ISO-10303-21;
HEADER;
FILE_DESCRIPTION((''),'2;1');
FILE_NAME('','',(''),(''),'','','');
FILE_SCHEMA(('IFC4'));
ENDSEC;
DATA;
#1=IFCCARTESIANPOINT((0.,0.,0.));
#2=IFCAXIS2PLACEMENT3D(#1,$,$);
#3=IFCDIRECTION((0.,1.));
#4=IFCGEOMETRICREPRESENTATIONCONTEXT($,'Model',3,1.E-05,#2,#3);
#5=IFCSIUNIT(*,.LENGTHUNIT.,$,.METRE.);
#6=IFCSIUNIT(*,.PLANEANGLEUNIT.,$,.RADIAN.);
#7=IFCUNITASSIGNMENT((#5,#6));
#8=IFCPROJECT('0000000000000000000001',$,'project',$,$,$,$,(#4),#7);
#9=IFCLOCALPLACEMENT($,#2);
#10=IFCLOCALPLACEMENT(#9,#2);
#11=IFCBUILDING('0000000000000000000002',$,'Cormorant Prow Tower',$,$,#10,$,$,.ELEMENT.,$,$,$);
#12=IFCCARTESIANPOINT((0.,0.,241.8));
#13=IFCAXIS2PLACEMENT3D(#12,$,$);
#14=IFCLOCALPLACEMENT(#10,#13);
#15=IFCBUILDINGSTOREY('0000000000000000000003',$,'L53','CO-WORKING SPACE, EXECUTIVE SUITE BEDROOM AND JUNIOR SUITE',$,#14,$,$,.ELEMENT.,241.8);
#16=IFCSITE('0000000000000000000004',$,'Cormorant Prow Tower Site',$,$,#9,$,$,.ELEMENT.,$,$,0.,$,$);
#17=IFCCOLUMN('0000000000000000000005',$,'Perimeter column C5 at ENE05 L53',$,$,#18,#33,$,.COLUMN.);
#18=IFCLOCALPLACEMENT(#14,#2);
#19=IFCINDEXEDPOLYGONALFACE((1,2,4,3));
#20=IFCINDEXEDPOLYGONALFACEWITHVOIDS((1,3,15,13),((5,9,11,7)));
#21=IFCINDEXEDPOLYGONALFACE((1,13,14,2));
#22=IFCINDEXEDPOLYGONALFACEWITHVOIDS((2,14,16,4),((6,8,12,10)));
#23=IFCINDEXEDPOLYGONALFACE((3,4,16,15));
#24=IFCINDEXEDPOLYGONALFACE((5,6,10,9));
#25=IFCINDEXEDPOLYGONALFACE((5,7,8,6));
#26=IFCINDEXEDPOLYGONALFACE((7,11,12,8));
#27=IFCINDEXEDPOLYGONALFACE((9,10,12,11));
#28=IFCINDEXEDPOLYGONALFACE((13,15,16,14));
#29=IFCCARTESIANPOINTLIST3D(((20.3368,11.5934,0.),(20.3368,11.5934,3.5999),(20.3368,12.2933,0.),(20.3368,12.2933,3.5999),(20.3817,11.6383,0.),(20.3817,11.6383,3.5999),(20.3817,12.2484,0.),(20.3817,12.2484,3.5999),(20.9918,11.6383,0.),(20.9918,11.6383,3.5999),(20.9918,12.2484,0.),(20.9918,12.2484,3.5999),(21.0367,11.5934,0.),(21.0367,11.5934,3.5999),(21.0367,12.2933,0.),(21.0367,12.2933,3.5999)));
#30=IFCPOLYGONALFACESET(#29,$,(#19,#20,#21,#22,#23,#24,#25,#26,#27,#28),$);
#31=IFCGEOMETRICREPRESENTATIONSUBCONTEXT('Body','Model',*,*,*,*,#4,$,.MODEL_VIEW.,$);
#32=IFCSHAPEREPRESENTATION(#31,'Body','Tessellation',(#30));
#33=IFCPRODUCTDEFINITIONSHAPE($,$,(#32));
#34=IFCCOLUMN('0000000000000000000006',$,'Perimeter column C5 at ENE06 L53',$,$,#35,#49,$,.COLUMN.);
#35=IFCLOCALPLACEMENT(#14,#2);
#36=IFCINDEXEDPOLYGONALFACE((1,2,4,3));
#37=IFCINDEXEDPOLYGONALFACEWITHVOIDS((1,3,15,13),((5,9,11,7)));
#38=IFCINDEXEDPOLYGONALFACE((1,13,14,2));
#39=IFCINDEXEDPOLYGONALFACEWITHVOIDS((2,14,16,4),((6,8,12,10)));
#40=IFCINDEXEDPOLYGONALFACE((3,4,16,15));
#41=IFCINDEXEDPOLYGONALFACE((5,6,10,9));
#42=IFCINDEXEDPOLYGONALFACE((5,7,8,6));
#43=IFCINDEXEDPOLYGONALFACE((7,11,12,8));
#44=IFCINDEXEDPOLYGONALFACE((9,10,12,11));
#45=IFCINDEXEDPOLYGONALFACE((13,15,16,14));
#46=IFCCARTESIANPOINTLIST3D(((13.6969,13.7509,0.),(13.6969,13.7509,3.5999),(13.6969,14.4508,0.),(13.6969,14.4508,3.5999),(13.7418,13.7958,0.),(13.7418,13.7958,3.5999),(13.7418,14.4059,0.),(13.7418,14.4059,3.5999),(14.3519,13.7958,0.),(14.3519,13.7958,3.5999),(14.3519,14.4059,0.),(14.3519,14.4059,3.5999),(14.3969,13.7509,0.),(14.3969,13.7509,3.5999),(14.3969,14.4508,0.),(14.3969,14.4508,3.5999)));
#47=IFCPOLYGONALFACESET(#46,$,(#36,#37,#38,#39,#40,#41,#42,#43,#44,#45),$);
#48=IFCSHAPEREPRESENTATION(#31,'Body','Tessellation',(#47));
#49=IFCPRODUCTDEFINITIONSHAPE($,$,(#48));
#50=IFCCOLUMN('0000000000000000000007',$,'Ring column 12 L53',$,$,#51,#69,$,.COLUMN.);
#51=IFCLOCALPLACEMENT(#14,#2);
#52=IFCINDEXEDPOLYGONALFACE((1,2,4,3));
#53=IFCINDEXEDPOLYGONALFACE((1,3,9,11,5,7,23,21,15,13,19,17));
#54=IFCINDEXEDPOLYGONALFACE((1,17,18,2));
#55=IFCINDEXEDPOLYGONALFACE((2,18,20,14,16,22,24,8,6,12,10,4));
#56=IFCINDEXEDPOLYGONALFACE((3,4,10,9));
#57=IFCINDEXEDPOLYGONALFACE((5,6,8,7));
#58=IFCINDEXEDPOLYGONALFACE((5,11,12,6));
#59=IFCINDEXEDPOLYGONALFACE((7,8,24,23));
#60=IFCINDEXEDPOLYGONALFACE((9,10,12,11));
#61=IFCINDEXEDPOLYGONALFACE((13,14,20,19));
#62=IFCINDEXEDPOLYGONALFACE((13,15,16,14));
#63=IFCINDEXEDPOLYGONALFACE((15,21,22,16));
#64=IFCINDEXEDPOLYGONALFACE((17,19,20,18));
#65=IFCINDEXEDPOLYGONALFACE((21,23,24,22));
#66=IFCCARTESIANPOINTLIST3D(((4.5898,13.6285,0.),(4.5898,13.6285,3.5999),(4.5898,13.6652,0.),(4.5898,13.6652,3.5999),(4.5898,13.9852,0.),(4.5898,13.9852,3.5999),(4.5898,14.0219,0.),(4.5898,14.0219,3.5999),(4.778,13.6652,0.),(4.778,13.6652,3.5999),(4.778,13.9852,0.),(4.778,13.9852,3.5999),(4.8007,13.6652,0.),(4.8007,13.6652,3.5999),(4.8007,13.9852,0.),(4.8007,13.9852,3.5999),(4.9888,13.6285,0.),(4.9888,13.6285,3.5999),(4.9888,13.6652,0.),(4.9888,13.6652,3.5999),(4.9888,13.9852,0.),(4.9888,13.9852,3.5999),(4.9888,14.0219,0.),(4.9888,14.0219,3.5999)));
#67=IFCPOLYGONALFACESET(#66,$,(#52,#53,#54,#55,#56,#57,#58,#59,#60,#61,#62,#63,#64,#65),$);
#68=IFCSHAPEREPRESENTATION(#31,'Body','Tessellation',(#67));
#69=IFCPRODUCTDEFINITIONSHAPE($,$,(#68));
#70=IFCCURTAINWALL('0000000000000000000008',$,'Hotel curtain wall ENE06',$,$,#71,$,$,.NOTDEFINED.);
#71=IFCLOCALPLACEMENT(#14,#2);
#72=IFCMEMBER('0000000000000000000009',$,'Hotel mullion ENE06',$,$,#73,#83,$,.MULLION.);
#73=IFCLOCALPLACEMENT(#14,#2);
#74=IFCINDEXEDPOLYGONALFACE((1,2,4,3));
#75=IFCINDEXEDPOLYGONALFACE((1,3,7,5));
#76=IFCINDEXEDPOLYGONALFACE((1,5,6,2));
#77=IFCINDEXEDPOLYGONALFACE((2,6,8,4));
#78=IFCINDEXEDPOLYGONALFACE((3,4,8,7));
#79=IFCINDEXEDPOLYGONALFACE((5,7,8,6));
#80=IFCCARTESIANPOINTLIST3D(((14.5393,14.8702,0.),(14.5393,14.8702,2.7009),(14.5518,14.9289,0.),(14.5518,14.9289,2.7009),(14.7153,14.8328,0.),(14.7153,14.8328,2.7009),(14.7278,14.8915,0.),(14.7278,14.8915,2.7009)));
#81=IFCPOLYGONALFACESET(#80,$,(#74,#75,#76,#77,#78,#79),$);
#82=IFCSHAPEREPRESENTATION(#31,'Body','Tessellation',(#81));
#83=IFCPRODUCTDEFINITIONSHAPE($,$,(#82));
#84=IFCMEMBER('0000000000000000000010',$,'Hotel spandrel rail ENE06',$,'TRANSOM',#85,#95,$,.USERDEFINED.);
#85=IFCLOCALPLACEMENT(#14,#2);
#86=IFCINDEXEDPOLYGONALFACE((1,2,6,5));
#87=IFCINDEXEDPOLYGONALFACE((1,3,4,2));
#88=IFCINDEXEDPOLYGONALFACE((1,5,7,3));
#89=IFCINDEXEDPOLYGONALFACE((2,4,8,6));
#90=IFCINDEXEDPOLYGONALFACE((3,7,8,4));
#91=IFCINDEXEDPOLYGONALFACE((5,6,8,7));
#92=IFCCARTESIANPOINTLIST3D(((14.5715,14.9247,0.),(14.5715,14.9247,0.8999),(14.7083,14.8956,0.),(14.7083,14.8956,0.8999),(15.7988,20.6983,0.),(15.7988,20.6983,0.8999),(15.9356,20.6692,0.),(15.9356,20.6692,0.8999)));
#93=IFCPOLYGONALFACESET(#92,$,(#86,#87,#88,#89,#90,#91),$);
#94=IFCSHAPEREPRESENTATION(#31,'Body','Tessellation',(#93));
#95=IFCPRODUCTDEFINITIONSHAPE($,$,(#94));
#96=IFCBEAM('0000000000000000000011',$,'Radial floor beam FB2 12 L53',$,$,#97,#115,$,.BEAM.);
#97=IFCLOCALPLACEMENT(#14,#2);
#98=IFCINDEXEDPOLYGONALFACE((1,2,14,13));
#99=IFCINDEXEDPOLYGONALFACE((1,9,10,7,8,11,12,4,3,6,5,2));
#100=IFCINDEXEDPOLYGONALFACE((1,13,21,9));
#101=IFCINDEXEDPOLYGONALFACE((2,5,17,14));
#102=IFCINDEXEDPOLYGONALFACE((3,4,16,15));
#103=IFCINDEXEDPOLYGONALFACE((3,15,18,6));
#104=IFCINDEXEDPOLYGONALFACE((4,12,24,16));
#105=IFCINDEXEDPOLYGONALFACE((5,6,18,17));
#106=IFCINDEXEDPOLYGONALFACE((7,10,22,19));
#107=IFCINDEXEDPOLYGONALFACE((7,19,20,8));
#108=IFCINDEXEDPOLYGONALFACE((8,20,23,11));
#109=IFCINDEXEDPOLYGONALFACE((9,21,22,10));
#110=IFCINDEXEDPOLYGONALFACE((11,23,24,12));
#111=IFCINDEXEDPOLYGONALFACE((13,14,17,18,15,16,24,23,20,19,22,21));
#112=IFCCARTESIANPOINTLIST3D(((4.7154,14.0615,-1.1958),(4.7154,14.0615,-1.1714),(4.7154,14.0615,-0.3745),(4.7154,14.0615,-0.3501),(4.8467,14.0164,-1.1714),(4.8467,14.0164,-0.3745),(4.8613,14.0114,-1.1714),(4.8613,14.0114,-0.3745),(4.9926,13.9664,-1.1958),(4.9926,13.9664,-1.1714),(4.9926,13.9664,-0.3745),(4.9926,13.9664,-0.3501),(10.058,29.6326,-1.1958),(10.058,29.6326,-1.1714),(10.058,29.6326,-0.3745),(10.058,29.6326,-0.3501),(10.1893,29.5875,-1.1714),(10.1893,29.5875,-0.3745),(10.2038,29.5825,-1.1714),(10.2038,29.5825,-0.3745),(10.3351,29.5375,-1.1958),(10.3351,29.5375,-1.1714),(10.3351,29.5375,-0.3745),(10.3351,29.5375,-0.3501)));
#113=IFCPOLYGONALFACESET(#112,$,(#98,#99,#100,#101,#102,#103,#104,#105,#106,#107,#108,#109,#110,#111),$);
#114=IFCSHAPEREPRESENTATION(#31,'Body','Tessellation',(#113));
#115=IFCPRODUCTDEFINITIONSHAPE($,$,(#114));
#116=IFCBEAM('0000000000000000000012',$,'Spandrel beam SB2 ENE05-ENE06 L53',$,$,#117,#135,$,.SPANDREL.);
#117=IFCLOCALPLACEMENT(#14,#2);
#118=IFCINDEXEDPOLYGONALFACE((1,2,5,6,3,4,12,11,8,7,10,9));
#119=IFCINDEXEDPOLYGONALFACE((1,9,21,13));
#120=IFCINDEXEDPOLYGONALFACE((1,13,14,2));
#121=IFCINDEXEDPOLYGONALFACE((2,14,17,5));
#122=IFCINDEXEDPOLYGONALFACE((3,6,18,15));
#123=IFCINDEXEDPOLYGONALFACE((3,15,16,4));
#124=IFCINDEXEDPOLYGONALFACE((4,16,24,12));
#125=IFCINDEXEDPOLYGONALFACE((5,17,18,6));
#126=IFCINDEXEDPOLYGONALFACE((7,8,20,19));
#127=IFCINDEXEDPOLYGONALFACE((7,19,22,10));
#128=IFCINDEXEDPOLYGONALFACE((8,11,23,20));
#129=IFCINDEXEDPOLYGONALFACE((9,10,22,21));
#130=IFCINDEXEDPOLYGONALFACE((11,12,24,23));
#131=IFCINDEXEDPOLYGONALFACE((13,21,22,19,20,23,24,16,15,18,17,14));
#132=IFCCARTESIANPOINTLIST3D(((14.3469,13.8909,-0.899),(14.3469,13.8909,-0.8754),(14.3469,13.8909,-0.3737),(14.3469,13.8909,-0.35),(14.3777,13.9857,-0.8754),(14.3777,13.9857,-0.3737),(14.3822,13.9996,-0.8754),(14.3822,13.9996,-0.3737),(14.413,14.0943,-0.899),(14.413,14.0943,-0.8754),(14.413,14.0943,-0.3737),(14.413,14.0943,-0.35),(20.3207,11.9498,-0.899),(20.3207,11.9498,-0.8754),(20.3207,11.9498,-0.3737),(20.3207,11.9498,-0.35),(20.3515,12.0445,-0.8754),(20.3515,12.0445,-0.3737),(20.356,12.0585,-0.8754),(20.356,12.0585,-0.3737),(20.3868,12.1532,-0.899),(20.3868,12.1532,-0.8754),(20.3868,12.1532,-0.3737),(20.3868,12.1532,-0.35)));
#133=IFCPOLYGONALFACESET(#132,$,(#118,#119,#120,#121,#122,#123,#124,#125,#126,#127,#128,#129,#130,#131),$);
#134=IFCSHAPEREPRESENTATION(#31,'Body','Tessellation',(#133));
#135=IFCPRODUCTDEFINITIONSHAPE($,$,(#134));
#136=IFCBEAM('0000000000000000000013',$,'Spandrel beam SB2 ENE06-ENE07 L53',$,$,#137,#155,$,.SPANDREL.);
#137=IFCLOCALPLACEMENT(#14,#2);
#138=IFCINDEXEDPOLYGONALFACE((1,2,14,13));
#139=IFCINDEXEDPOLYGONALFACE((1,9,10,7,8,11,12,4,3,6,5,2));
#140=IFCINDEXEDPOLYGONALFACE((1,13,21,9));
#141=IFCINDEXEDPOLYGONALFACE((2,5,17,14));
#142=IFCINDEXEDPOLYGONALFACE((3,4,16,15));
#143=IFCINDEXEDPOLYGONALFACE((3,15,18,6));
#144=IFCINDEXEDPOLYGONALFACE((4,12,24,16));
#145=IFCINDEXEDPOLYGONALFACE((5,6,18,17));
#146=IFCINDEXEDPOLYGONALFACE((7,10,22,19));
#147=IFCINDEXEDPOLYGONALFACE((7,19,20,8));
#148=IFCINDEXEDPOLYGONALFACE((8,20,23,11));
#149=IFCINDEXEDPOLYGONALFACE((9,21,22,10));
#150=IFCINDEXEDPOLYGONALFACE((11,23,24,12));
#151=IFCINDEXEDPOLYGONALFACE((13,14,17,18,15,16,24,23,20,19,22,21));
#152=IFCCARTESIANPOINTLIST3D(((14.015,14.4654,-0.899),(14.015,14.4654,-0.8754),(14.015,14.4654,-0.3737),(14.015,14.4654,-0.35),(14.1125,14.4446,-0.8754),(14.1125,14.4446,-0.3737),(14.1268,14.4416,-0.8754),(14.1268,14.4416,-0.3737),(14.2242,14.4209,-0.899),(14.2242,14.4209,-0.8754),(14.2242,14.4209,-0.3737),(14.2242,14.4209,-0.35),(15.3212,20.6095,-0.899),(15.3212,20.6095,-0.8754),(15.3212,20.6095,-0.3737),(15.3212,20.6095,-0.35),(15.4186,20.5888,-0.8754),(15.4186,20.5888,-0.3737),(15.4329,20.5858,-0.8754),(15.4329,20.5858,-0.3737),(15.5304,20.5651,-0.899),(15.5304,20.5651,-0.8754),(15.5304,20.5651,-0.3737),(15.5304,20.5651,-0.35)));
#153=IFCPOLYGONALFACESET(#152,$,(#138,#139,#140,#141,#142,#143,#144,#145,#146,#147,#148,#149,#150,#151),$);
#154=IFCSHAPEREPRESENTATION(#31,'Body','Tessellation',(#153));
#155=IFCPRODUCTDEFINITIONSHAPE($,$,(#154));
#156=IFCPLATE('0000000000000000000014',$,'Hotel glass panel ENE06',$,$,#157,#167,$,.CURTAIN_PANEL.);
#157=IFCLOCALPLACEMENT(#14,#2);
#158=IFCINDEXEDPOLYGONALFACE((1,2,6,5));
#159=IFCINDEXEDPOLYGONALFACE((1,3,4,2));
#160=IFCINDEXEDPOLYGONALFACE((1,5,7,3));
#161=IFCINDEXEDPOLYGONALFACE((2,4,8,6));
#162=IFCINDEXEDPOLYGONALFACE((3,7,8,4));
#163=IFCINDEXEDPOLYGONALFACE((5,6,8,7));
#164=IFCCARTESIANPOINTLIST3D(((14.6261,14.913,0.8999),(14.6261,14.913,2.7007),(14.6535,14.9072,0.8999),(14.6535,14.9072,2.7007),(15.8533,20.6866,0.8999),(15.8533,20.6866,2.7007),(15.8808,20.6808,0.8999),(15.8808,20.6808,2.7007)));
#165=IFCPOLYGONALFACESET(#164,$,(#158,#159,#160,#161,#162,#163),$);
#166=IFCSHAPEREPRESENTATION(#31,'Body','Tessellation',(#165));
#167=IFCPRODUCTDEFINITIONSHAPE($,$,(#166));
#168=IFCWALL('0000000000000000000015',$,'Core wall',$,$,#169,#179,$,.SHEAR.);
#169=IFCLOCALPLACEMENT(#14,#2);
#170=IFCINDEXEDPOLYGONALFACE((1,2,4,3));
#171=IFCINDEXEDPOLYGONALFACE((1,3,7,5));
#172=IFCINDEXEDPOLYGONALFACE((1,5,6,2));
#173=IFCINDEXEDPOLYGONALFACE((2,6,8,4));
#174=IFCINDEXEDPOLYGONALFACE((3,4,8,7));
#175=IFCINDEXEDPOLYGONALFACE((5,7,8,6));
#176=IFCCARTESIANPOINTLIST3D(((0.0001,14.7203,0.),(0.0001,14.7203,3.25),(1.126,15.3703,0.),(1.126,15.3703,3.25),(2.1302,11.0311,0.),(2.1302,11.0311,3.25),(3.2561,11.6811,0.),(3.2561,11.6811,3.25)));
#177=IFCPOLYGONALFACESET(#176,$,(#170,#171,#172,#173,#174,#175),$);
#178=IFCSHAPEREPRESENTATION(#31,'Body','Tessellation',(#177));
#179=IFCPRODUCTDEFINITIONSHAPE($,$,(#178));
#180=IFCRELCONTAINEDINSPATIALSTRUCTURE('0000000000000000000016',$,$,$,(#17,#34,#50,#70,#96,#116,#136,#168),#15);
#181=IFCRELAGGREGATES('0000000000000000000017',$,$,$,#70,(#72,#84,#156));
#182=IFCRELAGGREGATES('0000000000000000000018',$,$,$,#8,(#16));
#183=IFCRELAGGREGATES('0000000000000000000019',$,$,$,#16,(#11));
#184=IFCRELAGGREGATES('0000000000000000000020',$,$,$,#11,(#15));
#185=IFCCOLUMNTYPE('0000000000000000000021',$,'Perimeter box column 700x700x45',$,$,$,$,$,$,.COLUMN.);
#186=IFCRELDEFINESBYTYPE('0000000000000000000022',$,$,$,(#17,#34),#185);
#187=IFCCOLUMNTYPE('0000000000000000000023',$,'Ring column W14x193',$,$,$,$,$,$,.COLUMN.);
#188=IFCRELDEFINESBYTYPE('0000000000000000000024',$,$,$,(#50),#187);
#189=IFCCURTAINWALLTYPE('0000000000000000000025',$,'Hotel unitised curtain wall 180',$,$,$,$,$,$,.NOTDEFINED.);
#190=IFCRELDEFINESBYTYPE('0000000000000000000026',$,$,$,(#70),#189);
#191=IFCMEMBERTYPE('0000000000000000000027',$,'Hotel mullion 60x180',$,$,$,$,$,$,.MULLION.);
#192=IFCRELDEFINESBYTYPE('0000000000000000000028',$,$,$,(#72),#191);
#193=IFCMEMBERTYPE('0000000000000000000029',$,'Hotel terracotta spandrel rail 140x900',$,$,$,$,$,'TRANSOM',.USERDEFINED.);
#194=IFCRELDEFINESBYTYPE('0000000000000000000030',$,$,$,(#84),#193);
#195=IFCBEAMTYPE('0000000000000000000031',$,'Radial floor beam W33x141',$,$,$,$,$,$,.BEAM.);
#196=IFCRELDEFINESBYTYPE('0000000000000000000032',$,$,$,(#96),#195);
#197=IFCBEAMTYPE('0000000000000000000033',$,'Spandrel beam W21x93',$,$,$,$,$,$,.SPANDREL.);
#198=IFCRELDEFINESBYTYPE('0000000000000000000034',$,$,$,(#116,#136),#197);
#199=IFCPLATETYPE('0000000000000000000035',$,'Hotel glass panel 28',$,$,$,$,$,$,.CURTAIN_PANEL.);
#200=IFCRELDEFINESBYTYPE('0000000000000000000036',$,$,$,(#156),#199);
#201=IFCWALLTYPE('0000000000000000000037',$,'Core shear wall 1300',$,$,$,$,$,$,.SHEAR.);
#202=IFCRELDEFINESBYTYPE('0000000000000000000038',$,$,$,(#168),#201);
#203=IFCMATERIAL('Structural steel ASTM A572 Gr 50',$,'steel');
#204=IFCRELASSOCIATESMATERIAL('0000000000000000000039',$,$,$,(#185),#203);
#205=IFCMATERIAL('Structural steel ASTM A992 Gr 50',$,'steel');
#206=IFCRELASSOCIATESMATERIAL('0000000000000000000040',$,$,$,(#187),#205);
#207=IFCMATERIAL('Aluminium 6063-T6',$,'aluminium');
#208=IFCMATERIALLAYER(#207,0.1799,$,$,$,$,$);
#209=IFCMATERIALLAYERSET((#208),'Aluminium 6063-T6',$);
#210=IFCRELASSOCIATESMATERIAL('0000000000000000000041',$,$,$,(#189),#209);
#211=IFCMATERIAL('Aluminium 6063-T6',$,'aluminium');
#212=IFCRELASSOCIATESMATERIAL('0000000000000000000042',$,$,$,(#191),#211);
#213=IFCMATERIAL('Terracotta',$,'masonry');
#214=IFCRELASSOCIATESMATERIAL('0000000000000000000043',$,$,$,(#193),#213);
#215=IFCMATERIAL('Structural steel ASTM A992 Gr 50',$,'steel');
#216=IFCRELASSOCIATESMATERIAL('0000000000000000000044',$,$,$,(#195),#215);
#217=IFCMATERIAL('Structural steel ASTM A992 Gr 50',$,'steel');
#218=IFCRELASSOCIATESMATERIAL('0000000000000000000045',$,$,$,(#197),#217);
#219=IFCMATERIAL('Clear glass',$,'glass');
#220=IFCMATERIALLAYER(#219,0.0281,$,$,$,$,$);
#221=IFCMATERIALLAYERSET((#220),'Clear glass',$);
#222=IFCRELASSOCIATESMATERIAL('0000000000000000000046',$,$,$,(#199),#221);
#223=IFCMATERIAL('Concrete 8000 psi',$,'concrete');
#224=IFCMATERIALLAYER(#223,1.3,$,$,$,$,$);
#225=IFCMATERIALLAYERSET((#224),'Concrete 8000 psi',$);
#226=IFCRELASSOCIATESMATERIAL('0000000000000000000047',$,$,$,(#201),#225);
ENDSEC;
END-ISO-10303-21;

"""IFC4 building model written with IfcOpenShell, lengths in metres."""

from ifc_helpers import new_model, si_unit, direction, frame, frame_2d, origin, origin_2d, place, context, subcontext, project, spatial, rectangle, hollow_rectangle, i_section, extrude, material, layer, layer_set, material_profile, profile_set, type_object, element, aggregate, save


model = new_model("IFC4")

# Units and contexts
model_context = context("Model", 3, precision=1e-05, world=origin(), true_north=direction((0.0, 1.0)))
body_context = subcontext(model_context, "Body", "Model", "MODEL_VIEW")
ifc_project = project(units=[si_unit("LENGTHUNIT", "METRE"), si_unit("PLANEANGLEUNIT", "RADIAN")], contexts=[model_context])

# Site, building, storey
site_placement = place(None, origin())
site = spatial("IfcSite", under=ifc_project, at=site_placement, Name="Cormorant Prow Tower Site", CompositionType="ELEMENT", RefElevation=0.0)
building_placement = place(site_placement, origin())
building = spatial("IfcBuilding", under=site, at=building_placement, Name="Cormorant Prow Tower", CompositionType="ELEMENT")
storey_placement = place(building_placement, frame((0.0, 0.0, 241.8)))
storey = spatial("IfcBuildingStorey", under=building, at=storey_placement, Name="L53", Description="CO-WORKING SPACE, EXECUTIVE SUITE BEDROOM AND JUNIOR SUITE", CompositionType="ELEMENT", Elevation=241.8)

# Columns
ifc_material_1 = material(Name="Structural steel ASTM A572 Gr 50", Category="steel")
ifc_material_profile_1 = material_profile(ifc_material_1, hollow_rectangle(XDim=0.7, YDim=0.7, WallThickness=0.0449, at=origin_2d()), Name="Box 700x700x45")
ifc_profile_set_1 = profile_set([ifc_material_profile_1], Name="Structural steel ASTM A572 Gr 50")
column_type_1 = type_object("IfcColumnType", Name="Perimeter box column 700x700x45", PredefinedType="COLUMN", material=ifc_profile_set_1)
for number, where, z_axis, x_axis, name in (
    (1, (20.6868, 11.9434, 0.0), (0.0, 0.0, 1.0), (1.0, 0.0, 0.0), "Perimeter column C5 at ENE05 L53"),
    (2, (14.0469, 14.1008, 0.0), (0.0, 0.0, 1.0), (1.0, 0.0, 0.0), "Perimeter column C5 at ENE06 L53"),
):
    element("IfcColumn", number, at=place(storey_placement, frame(where, z_axis=z_axis, x_axis=x_axis)), inside=storey, type_object=column_type_1, Name=name, PredefinedType="COLUMN", context=body_context, shape_type="SweptSolid", body=[
        extrude(hollow_rectangle(XDim=0.7, YDim=0.7, WallThickness=0.0449, at=origin_2d()), origin(), (0.0, 0.0, 1.0), 3.5999),
    ])
ifc_material_2 = material(Name="Structural steel ASTM A992 Gr 50", Category="steel")
ifc_material_profile_2 = material_profile(ifc_material_2, i_section(OverallWidth=0.3989, OverallDepth=0.3933, WebThickness=0.0227, FlangeThickness=0.0366, at=origin_2d()), Name="W14x193")
ifc_profile_set_2 = profile_set([ifc_material_profile_2], Name="Structural steel ASTM A992 Gr 50")
column_type_2 = type_object("IfcColumnType", Name="Ring column W14x193", PredefinedType="COLUMN", material=ifc_profile_set_2)
column_placement = place(storey_placement, frame((4.7893, 13.8252, 0.0), z_axis=(0.0, 0.0, 1.0), x_axis=(1.0, 0.0, 0.0)))
element("IfcColumn", 3, at=column_placement, inside=storey, type_object=column_type_2, Name="Ring column 12 L53", PredefinedType="COLUMN", context=body_context, shape_type="SweptSolid", body=[
    extrude(i_section(OverallWidth=0.3989, OverallDepth=0.3933, WebThickness=0.0227, FlangeThickness=0.0366, at=origin_2d()), origin(), (0.0, 0.0, 1.0), 3.5999),
])

# Curtain wall, members
ifc_material_3 = material(Name="Aluminium 6063-T6", Category="aluminium")
ifc_layer_1 = layer(ifc_material_3, 0.1799)
ifc_layer_set_1 = layer_set([ifc_layer_1], Name="Aluminium 6063-T6")
curtain_wall_type = type_object("IfcCurtainWallType", Name="Hotel unitised curtain wall 180", PredefinedType="NOTDEFINED", material=ifc_layer_set_1)
curtain_wall_placement = place(storey_placement, origin())
curtain_wall = element("IfcCurtainWall", 4, at=curtain_wall_placement, inside=storey, type_object=curtain_wall_type, Name="Hotel curtain wall ENE06", PredefinedType="NOTDEFINED")
ifc_material_4 = material(Name="Aluminium 6063-T6", Category="aluminium")
ifc_material_profile_3 = material_profile(ifc_material_4, rectangle(XDim=0.1799, YDim=0.0601, at=origin_2d()), Name="Hotel mullion 60x180")
ifc_profile_set_3 = profile_set([ifc_material_profile_3], Name="Aluminium 6063-T6")
member_type_1 = type_object("IfcMemberType", Name="Hotel mullion 60x180", PredefinedType="MULLION", material=ifc_profile_set_3)
member_1_placement = place(storey_placement, frame((14.6335, 14.8809, 0.0), z_axis=(0.0, 0.0, 1.0), x_axis=(-0.978148, 0.207912, 0.0)))
member_1 = element("IfcMember", 5, at=member_1_placement, type_object=member_type_1, Name="Hotel mullion ENE06", PredefinedType="MULLION", context=body_context, shape_type="SweptSolid", body=[
    extrude(rectangle(XDim=0.1799, YDim=0.0601, at=origin_2d()), origin(), (0.0, 0.0, 1.0), 2.7009),
])
ifc_material_5 = material(Name="Terracotta", Category="masonry")
ifc_material_profile_4 = material_profile(ifc_material_5, rectangle(XDim=0.1399, YDim=0.8999, at=origin_2d()), Name="Hotel terracotta spandrel rail 140x900")
ifc_profile_set_4 = profile_set([ifc_material_profile_4], Name="Terracotta")
member_type_2 = type_object("IfcMemberType", Name="Hotel terracotta spandrel rail 140x900", ElementType="TRANSOM", PredefinedType="USERDEFINED", material=ifc_profile_set_4)
member_2_placement = place(storey_placement, frame((14.6399, 14.9102, 0.45), z_axis=(0.207922, 0.978145, 0.0), x_axis=(-0.978145, 0.207922, 0.0)))
member_2 = element("IfcMember", 6, at=member_2_placement, type_object=member_type_2, Name="Hotel spandrel rail ENE06", ObjectType="TRANSOM", PredefinedType="USERDEFINED", context=body_context, shape_type="SweptSolid", body=[
    extrude(rectangle(XDim=0.1399, YDim=0.8999, at=origin_2d()), origin(), (0.0, 0.0, 1.0), 5.9026),
])

# Beams
ifc_material_6 = material(Name="Structural steel ASTM A992 Gr 50", Category="steel")
ifc_material_profile_5 = material_profile(ifc_material_6, i_section(OverallWidth=0.293, OverallDepth=0.8457, WebThickness=0.0154, FlangeThickness=0.0244, at=origin_2d()), Name="W33x141")
ifc_profile_set_5 = profile_set([ifc_material_profile_5], Name="Structural steel ASTM A992 Gr 50")
beam_type_1 = type_object("IfcBeamType", Name="Radial floor beam W33x141", PredefinedType="BEAM", material=ifc_profile_set_5)
beam_1_placement = place(storey_placement, frame((4.854, 14.0139, -0.7729), z_axis=(0.324536, 0.945874, 0.0), x_axis=(-0.945874, 0.324536, 0.0)))
element("IfcBeam", 7, at=beam_1_placement, inside=storey, type_object=beam_type_1, Name="Radial floor beam FB2 12 L53", PredefinedType="BEAM", context=body_context, shape_type="SweptSolid", body=[
    extrude(i_section(OverallWidth=0.293, OverallDepth=0.8457, WebThickness=0.0154, FlangeThickness=0.0244, at=origin_2d()), origin(), (0.0, 0.0, 1.0), 16.4622),
])
ifc_material_7 = material(Name="Structural steel ASTM A992 Gr 50", Category="steel")
ifc_material_profile_6 = material_profile(ifc_material_7, i_section(OverallWidth=0.2139, OverallDepth=0.5491, WebThickness=0.0146, FlangeThickness=0.0237, at=origin_2d()), Name="W21x93")
ifc_profile_set_6 = profile_set([ifc_material_profile_6], Name="Structural steel ASTM A992 Gr 50")
beam_type_2 = type_object("IfcBeamType", Name="Spandrel beam W21x93", PredefinedType="SPANDREL", material=ifc_profile_set_6)
beam_2_placement = place(storey_placement, frame((20.3538, 12.0515, -0.6245), z_axis=(-0.95105, 0.309036, 0.0), x_axis=(-0.309036, -0.95105, 0.0)))
element("IfcBeam", 8, at=beam_2_placement, inside=storey, type_object=beam_type_2, Name="Spandrel beam SB2 ENE05-ENE06 L53", PredefinedType="SPANDREL", context=body_context, shape_type="SweptSolid", body=[
    extrude(i_section(OverallWidth=0.2139, OverallDepth=0.5491, WebThickness=0.0146, FlangeThickness=0.0237, at=origin_2d()), origin(), (0.0, 0.0, 1.0), 6.2812),
])
beam_3_placement = place(storey_placement, frame((14.1196, 14.4431, -0.6245), z_axis=(0.207934, 0.978143, 0.0), x_axis=(-0.978143, 0.207934, 0.0)))
element("IfcBeam", 9, at=beam_3_placement, inside=storey, type_object=beam_type_2, Name="Spandrel beam SB2 ENE06-ENE07 L53", PredefinedType="SPANDREL", context=body_context, shape_type="SweptSolid", body=[
    extrude(i_section(OverallWidth=0.2139, OverallDepth=0.5491, WebThickness=0.0146, FlangeThickness=0.0237, at=origin_2d()), origin(), (0.0, 0.0, 1.0), 6.2815),
])

# Plate
ifc_material_8 = material(Name="Clear glass", Category="glass")
ifc_layer_2 = layer(ifc_material_8, 0.0281)
ifc_layer_set_2 = layer_set([ifc_layer_2], Name="Clear glass")
plate_type = type_object("IfcPlateType", Name="Hotel glass panel 28", PredefinedType="CURTAIN_PANEL", material=ifc_layer_set_2)
plate_placement = place(storey_placement, frame((15.2534, 17.7969, 0.8999), z_axis=(0.0, 0.0, 1.0), x_axis=(0.207912, 0.978148, 0.0)))
plate = element("IfcPlate", 10, at=plate_placement, type_object=plate_type, Name="Hotel glass panel ENE06", PredefinedType="CURTAIN_PANEL", context=body_context, shape_type="SweptSolid", body=[
    extrude(rectangle(XDim=5.9026, YDim=0.0281, at=origin_2d()), origin(), (0.0, 0.0, 1.0), 1.8008),
])
aggregate(curtain_wall, [member_1, member_2, plate])

# Wall
ifc_material_9 = material(Name="Concrete 8000 psi", Category="concrete")
ifc_layer_3 = layer(ifc_material_9, 1.3)
ifc_layer_set_3 = layer_set([ifc_layer_3], Name="Concrete 8000 psi")
wall_type_1 = type_object("IfcWallType", Name="Core shear wall 1300", PredefinedType="SHEAR", material=ifc_layer_set_3)
wall_1_placement = place(storey_placement, frame((2.6931, 11.3562, 0.0), z_axis=(0.0, 0.0, 1.0), x_axis=(-0.500028, 0.866009, 0.0)))
element("IfcWall", 11, at=wall_1_placement, inside=storey, type_object=wall_type_1, Name="Core wall", PredefinedType="SHEAR", context=body_context, shape_type="SweptSolid", body=[
    extrude(rectangle(XDim=4.26, YDim=1.3, at=frame_2d((2.1299, 0.0))), origin(), (0.0, 0.0, 1.0), 3.25),
])

save(model, "model.ifc")
